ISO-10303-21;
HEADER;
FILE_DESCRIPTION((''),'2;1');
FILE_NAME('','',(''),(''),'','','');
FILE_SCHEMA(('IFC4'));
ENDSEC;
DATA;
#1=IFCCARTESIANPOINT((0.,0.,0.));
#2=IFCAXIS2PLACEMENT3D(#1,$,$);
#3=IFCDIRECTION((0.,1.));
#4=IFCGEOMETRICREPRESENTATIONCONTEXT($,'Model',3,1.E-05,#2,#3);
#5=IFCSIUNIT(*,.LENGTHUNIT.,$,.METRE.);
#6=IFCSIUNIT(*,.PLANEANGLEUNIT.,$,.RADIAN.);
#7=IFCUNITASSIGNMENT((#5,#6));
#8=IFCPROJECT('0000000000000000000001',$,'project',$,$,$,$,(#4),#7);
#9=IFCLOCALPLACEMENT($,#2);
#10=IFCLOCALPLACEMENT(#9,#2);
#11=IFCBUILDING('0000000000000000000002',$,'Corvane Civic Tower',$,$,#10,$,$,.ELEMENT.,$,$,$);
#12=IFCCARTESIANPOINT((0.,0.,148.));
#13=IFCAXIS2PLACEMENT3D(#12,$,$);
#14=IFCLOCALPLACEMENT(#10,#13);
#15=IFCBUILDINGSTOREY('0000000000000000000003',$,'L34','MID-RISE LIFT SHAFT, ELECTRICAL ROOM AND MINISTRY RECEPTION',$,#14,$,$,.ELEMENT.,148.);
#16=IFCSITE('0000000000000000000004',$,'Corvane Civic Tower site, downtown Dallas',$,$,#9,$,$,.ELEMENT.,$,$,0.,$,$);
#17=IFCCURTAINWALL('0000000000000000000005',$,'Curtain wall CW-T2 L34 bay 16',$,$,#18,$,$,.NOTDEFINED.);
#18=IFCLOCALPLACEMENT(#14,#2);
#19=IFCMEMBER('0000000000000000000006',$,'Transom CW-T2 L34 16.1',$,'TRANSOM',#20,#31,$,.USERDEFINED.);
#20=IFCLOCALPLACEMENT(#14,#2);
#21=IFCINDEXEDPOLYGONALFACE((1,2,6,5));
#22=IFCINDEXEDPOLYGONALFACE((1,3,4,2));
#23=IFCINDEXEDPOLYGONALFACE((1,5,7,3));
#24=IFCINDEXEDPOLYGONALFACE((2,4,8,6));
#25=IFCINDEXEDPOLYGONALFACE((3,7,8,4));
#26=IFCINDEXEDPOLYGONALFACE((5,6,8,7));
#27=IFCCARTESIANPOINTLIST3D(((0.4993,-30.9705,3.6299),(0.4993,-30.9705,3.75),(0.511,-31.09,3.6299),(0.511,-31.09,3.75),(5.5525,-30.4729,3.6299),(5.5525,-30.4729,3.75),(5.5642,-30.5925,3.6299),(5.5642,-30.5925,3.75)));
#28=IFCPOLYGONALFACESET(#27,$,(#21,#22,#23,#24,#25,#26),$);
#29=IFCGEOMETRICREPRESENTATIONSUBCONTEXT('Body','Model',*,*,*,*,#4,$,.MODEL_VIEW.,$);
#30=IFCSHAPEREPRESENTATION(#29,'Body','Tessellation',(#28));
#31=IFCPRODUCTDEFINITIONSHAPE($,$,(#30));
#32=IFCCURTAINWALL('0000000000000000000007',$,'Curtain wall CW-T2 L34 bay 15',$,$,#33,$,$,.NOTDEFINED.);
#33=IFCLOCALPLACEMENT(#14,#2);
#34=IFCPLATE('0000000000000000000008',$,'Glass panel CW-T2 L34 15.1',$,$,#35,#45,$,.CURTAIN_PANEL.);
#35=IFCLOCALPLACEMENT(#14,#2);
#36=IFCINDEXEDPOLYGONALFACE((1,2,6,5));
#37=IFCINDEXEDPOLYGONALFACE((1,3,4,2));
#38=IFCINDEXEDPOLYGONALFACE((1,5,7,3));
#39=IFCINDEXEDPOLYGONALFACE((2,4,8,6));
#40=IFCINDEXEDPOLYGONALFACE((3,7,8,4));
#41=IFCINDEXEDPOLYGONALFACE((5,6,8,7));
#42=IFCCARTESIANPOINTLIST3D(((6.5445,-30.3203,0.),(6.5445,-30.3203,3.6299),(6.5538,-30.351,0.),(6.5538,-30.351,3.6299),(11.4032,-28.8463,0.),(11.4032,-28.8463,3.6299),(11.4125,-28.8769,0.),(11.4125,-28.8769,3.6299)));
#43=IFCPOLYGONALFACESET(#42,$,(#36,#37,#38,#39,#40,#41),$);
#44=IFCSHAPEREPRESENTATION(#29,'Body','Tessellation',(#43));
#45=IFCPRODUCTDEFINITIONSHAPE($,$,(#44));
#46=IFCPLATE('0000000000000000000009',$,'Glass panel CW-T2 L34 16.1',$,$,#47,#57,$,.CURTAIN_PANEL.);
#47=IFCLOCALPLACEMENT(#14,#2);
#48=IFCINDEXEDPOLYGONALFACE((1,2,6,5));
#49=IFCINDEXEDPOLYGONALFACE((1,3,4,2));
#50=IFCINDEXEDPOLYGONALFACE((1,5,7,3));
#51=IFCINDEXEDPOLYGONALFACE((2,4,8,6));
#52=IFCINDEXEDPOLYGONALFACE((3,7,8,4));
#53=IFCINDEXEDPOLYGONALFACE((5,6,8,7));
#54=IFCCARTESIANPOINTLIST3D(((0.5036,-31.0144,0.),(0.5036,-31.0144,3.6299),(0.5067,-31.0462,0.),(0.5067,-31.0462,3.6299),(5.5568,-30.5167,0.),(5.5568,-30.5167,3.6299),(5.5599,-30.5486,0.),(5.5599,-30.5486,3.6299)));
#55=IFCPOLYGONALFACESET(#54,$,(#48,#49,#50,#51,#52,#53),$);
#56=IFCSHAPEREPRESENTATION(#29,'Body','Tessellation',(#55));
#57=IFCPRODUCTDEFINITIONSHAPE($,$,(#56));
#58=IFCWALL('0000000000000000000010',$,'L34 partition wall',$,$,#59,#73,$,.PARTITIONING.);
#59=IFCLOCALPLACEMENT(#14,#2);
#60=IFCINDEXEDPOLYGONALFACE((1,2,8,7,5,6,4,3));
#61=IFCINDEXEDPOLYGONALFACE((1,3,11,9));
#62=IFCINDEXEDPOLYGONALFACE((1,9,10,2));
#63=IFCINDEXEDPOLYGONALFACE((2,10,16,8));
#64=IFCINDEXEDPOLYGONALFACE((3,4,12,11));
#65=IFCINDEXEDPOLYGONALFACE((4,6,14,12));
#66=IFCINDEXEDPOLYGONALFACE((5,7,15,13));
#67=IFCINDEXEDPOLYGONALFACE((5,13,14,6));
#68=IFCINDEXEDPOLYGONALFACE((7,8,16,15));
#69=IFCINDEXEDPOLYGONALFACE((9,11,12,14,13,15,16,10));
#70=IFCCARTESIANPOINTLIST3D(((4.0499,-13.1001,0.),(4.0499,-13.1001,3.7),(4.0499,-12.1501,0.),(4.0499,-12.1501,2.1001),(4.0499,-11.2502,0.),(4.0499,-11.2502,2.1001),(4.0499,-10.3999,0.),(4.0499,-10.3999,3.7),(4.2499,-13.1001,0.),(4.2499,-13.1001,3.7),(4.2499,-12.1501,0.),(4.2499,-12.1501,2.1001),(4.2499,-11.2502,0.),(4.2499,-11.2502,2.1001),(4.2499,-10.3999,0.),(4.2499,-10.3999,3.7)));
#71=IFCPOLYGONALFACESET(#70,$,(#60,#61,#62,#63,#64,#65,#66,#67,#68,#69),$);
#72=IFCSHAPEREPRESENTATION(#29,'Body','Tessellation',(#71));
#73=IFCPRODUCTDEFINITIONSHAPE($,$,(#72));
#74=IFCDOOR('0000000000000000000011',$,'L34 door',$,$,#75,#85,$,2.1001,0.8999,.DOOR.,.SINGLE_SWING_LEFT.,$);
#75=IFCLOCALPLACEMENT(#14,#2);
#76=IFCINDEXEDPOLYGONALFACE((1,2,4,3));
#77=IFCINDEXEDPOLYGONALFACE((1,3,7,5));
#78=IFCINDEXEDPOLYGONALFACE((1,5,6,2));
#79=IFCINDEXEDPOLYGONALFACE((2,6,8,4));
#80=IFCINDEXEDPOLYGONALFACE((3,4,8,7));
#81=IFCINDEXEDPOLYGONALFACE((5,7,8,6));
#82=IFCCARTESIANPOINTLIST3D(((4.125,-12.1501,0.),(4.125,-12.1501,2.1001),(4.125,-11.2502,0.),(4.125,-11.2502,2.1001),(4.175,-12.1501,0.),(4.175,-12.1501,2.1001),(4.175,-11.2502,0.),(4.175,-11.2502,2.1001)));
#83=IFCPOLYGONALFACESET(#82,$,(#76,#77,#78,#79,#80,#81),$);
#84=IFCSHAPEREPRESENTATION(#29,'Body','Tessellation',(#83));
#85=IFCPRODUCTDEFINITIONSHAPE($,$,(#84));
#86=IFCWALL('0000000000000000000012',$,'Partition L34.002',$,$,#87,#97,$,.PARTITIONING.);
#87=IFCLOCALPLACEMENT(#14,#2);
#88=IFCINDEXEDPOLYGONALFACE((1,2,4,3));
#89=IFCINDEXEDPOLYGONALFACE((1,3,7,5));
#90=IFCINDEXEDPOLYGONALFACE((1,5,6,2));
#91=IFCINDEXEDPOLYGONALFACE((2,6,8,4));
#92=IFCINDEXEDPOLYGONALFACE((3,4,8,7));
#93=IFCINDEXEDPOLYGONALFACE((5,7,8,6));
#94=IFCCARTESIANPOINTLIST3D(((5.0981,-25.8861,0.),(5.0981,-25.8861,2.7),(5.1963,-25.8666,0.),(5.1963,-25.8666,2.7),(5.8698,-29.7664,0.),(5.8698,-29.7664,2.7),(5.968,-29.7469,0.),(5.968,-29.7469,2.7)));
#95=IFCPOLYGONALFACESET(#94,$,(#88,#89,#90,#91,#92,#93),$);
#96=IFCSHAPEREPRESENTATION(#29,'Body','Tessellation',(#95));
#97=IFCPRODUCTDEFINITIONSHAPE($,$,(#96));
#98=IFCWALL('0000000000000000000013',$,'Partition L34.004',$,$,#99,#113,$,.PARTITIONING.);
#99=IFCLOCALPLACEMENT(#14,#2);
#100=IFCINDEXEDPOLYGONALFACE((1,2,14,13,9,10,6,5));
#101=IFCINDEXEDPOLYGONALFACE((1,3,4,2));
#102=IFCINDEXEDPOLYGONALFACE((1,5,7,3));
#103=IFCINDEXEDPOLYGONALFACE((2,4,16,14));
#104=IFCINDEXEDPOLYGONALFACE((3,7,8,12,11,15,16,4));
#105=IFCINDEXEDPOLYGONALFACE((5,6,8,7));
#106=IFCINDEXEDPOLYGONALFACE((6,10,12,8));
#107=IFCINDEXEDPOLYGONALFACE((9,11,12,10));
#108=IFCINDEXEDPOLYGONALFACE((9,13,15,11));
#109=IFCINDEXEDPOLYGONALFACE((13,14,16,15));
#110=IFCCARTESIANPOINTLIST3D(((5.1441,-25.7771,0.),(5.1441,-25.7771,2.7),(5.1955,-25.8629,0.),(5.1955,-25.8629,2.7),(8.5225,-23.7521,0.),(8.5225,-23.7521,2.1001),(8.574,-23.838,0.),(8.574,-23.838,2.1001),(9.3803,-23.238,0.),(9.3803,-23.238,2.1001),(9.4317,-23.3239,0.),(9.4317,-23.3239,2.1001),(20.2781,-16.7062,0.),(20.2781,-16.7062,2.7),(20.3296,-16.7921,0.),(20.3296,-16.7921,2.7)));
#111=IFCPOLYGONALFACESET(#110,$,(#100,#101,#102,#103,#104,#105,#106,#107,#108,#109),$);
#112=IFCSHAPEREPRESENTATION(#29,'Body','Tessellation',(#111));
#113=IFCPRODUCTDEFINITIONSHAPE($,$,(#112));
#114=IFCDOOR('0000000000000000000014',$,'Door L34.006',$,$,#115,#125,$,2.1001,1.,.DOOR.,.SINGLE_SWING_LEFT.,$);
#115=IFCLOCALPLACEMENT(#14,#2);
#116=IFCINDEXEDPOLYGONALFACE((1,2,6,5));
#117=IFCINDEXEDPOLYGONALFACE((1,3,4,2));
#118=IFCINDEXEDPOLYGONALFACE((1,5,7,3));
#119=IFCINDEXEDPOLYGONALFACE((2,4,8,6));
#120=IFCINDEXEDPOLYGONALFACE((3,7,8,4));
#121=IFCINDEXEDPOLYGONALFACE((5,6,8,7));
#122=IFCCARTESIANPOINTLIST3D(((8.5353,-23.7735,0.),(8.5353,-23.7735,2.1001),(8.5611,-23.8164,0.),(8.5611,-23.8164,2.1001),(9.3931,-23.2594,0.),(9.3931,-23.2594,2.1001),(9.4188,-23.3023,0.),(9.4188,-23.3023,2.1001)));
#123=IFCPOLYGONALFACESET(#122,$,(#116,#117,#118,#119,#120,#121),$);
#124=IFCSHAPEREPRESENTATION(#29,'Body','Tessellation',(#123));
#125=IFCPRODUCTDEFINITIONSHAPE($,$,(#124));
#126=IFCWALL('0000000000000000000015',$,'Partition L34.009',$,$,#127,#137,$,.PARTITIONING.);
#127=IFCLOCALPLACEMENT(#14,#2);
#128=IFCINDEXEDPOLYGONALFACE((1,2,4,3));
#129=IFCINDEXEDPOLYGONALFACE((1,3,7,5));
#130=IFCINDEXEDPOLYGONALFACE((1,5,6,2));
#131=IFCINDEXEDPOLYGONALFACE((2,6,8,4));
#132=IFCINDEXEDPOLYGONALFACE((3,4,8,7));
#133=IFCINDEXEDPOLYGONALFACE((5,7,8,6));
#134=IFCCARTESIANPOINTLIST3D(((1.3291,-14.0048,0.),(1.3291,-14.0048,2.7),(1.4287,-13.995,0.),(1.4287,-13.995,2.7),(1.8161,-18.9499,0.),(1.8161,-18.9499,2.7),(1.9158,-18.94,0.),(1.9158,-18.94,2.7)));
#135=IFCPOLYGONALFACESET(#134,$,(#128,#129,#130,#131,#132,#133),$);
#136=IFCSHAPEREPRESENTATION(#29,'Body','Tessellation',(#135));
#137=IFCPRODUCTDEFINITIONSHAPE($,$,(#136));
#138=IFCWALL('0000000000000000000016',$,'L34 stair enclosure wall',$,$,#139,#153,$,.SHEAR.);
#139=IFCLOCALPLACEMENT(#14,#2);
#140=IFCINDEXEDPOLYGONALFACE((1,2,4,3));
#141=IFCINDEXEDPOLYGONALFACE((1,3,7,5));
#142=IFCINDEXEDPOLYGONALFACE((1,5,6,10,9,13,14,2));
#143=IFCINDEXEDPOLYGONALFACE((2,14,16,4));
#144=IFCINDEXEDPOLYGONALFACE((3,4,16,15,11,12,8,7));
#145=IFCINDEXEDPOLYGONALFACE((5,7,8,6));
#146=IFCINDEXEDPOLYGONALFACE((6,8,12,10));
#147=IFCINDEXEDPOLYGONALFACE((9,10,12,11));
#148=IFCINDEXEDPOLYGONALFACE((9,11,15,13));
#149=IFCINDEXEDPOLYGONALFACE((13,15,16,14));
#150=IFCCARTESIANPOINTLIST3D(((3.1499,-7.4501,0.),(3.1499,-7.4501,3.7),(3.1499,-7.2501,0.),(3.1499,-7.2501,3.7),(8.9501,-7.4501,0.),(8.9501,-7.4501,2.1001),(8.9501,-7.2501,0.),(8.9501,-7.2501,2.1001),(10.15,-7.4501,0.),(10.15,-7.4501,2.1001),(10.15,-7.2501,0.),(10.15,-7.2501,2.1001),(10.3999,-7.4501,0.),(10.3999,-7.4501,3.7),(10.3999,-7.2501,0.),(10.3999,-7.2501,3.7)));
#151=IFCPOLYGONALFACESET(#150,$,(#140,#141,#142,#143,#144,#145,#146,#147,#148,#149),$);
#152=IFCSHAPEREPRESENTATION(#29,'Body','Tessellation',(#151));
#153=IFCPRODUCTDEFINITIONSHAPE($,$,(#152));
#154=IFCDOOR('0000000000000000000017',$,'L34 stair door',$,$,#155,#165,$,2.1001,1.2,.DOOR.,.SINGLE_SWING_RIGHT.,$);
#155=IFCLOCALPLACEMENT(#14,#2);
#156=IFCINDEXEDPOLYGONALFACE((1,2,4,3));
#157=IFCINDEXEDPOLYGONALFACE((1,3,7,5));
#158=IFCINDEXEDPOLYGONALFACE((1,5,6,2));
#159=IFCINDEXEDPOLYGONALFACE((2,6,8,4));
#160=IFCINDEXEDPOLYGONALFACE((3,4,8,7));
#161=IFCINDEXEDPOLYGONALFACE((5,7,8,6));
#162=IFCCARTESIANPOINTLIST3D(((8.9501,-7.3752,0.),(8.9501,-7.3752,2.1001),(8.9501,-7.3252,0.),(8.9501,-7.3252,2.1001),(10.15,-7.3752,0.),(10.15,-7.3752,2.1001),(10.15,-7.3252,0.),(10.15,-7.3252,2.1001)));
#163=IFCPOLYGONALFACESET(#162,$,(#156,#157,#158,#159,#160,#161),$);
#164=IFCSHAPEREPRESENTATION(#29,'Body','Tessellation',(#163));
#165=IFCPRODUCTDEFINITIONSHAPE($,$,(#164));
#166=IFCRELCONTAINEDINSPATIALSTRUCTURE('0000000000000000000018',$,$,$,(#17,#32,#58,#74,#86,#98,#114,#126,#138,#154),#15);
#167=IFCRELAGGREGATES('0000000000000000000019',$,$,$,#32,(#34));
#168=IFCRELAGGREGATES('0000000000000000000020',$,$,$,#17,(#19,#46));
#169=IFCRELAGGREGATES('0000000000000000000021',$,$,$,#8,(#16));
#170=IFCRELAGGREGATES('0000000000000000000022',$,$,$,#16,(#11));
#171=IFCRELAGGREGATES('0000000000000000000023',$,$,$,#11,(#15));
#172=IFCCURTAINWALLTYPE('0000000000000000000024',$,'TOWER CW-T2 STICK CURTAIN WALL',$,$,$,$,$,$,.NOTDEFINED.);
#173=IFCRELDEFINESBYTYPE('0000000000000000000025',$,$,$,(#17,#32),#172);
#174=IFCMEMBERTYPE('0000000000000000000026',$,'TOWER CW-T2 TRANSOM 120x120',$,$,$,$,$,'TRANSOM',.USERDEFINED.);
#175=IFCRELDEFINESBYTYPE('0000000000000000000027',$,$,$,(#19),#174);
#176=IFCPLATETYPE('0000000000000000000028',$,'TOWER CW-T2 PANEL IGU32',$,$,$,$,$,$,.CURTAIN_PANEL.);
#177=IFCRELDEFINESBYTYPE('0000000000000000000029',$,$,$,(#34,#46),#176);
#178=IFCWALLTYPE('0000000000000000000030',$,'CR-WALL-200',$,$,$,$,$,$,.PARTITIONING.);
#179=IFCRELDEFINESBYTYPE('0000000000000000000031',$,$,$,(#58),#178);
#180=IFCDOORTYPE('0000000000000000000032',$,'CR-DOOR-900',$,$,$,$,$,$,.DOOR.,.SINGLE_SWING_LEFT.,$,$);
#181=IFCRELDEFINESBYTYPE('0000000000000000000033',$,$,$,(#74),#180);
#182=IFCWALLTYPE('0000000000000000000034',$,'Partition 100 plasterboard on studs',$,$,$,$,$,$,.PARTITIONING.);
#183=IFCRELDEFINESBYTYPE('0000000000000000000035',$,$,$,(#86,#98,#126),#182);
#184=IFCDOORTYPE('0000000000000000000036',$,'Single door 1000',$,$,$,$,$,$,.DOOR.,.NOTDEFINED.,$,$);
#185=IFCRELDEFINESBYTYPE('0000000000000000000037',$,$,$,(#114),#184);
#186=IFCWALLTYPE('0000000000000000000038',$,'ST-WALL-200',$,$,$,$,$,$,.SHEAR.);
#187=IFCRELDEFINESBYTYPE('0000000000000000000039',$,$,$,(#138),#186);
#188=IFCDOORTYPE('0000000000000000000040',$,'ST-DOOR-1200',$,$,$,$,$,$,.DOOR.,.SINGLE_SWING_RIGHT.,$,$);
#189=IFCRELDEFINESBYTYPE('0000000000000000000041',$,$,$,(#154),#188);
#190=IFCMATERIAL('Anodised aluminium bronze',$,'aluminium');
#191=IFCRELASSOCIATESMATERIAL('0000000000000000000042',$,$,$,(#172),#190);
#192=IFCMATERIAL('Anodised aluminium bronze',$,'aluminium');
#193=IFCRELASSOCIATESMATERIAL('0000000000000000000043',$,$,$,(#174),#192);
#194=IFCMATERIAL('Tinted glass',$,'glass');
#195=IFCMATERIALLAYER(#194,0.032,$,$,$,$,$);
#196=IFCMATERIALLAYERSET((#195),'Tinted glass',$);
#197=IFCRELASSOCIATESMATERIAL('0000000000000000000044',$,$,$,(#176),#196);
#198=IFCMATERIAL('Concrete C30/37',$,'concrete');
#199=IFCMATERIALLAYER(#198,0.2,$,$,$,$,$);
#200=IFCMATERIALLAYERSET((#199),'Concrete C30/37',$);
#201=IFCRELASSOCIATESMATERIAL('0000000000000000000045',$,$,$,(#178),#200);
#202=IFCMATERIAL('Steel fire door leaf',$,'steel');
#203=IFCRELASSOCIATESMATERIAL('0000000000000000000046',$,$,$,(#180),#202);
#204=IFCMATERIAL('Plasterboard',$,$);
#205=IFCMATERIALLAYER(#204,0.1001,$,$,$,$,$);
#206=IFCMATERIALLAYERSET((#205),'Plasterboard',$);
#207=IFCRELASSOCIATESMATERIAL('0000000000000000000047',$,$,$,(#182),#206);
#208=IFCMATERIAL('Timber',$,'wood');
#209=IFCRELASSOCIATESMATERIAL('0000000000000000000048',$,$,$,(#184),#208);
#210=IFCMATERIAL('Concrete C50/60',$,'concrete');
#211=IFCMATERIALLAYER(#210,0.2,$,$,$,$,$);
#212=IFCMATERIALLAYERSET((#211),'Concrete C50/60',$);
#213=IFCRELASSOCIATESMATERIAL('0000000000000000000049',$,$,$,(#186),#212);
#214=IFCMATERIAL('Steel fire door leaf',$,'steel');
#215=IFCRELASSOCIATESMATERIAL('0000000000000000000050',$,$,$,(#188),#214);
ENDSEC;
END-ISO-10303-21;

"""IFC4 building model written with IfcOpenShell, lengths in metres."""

from ifc_helpers import new_model, si_unit, direction, frame, frame_2d, origin, origin_2d, place, context, subcontext, project, spatial, rectangle, extrude, material, layer, layer_set, material_profile, profile_set, type_object, element, fill, aggregate, save


model = new_model("IFC4")

# Units and contexts
model_context = context("Model", 3, precision=1e-05, world=origin(), true_north=direction((0.0, 1.0)))
body_context = subcontext(model_context, "Body", "Model", "MODEL_VIEW")
ifc_project = project(units=[si_unit("LENGTHUNIT", "METRE"), si_unit("PLANEANGLEUNIT", "RADIAN")], contexts=[model_context])

# Site, building, storey
site_placement = place(None, origin())
site = spatial("IfcSite", under=ifc_project, at=site_placement, Name="Corvane Civic Tower site, downtown Dallas", CompositionType="ELEMENT", RefElevation=0.0)
building_placement = place(site_placement, origin())
building = spatial("IfcBuilding", under=site, at=building_placement, Name="Corvane Civic Tower", CompositionType="ELEMENT")
storey_placement = place(building_placement, frame((0.0, 0.0, 148.0)))
storey = spatial("IfcBuildingStorey", under=building, at=storey_placement, Name="L34", Description="MID-RISE LIFT SHAFT, ELECTRICAL ROOM AND MINISTRY RECEPTION", CompositionType="ELEMENT", Elevation=148.0)

# Curtain wall, member
ifc_material_1 = material(Name="Anodised aluminium bronze", Category="aluminium")
curtain_wall_type = type_object("IfcCurtainWallType", Name="TOWER CW-T2 STICK CURTAIN WALL", PredefinedType="NOTDEFINED", material=ifc_material_1)
curtain_wall_1_placement = place(storey_placement, origin())
curtain_wall_1 = element("IfcCurtainWall", 1, at=curtain_wall_1_placement, inside=storey, type_object=curtain_wall_type, Name="Curtain wall CW-T2 L34 bay 16", PredefinedType="NOTDEFINED")
ifc_material_2 = material(Name="Anodised aluminium bronze", Category="aluminium")
ifc_material_profile_1 = material_profile(ifc_material_2, rectangle(XDim=0.1201, YDim=0.1201, at=origin_2d()), Name="TOWER CW-T2 TRANSOM 120x120")
ifc_profile_set_1 = profile_set([ifc_material_profile_1], Name="Anodised aluminium bronze")
member_type = type_object("IfcMemberType", Name="TOWER CW-T2 TRANSOM 120x120", ElementType="TRANSOM", PredefinedType="USERDEFINED", material=ifc_profile_set_1)
member_placement = place(storey_placement, frame((5.5583, -30.5327, 3.6899), z_axis=(-0.995187, -0.09799, 0.0), x_axis=(0.09799, -0.995187, 0.0)))
member = element("IfcMember", 2, at=member_placement, type_object=member_type, Name="Transom CW-T2 L34 16.1", ObjectType="TRANSOM", PredefinedType="USERDEFINED", context=body_context, shape_type="SweptSolid", body=[
    extrude(rectangle(XDim=0.1201, YDim=0.1201, at=origin_2d()), origin(), (0.0, 0.0, 1.0), 5.0776),
])

# Curtain wall, plate
curtain_wall_2_placement = place(storey_placement, origin())
curtain_wall_2 = element("IfcCurtainWall", 3, at=curtain_wall_2_placement, inside=storey, type_object=curtain_wall_type, Name="Curtain wall CW-T2 L34 bay 15", PredefinedType="NOTDEFINED")
ifc_material_3 = material(Name="Tinted glass", Category="glass")
ifc_layer_1 = layer(ifc_material_3, 0.032)
ifc_layer_set_1 = layer_set([ifc_layer_1], Name="Tinted glass")
plate_type = type_object("IfcPlateType", Name="TOWER CW-T2 PANEL IGU32", PredefinedType="CURTAIN_PANEL", material=ifc_layer_set_1)
plate_1_placement = place(storey_placement, frame((8.9785, -29.5986, 0.0), z_axis=(0.0, 0.0, 1.0), x_axis=(-0.956932, -0.290313, 0.0)))
plate_1 = element("IfcPlate", 4, at=plate_1_placement, type_object=plate_type, Name="Glass panel CW-T2 L34 15.1", PredefinedType="CURTAIN_PANEL", context=body_context, shape_type="SweptSolid", body=[
    extrude(rectangle(XDim=5.0774, YDim=0.032, at=origin_2d()), origin(), (0.0, 0.0, 1.0), 3.6299),
])
aggregate(curtain_wall_2, [plate_1])

# Plate
plate_2_placement = place(storey_placement, frame((3.0317, -30.7815, 0.0), z_axis=(0.0, 0.0, 1.0), x_axis=(-0.995185, -0.098012, 0.0)))
plate_2 = element("IfcPlate", 5, at=plate_2_placement, type_object=plate_type, Name="Glass panel CW-T2 L34 16.1", PredefinedType="CURTAIN_PANEL", context=body_context, shape_type="SweptSolid", body=[
    extrude(rectangle(XDim=5.0776, YDim=0.032, at=origin_2d()), origin(), (0.0, 0.0, 1.0), 3.6299),
])
aggregate(curtain_wall_1, [member, plate_2])

# Wall, opening, door
ifc_material_4 = material(Name="Concrete C30/37", Category="concrete")
ifc_layer_2 = layer(ifc_material_4, 0.2)
ifc_layer_set_2 = layer_set([ifc_layer_2], Name="Concrete C30/37")
wall_type_1 = type_object("IfcWallType", Name="CR-WALL-200", PredefinedType="PARTITIONING", material=ifc_layer_set_2)
wall_1_placement = place(storey_placement, frame((4.1499, -13.1001, 0.0), z_axis=(0.0, 0.0, 1.0), x_axis=(0.0, 1.0, 0.0)))
wall_1 = element("IfcWall", 6, at=wall_1_placement, inside=storey, type_object=wall_type_1, Name="L34 partition wall", PredefinedType="PARTITIONING", context=body_context, shape_type="SweptSolid", body=[
    extrude(rectangle(XDim=2.7002, YDim=0.2, at=frame_2d((1.3501, 0.0))), origin(), (0.0, 0.0, 1.0), 3.7),
])
opening_1_placement = place(wall_1_placement, frame((0.95, 0.0, 0.0)))
opening_1 = element("IfcOpeningElement", 7, at=opening_1_placement, cuts=wall_1, PredefinedType="OPENING", context=body_context, shape_type="SweptSolid", body=[
    extrude(rectangle(XDim=0.8999, YDim=2.1001, at=frame_2d((0.45, 1.05))), frame((0.0, 0.1099, 0.0), z_axis=(0.0, -1.0, 0.0), x_axis=(1.0, 0.0, 0.0)), (0.0, 0.0, 1.0), 0.22),
])
ifc_material_5 = material(Name="Steel fire door leaf", Category="steel")
door_type_1 = type_object("IfcDoorType", Name="CR-DOOR-900", OperationType="SINGLE_SWING_LEFT", PredefinedType="DOOR", material=ifc_material_5)
door_1_placement = place(opening_1_placement, origin())
door_1 = element("IfcDoor", 8, at=door_1_placement, inside=storey, type_object=door_type_1, Name="L34 door", OperationType="SINGLE_SWING_LEFT", OverallHeight=2.1001, OverallWidth=0.8999, PredefinedType="DOOR", context=body_context, shape_type="SweptSolid", body=[
    extrude(rectangle(XDim=0.8999, YDim=2.1001, at=frame_2d((0.45, 1.05))), frame((0.0, 0.0249, 0.0), z_axis=(0.0, -1.0, 0.0), x_axis=(1.0, 0.0, 0.0)), (0.0, 0.0, 1.0), 0.05),
])
fill(opening_1, door_1)

# Wall
ifc_material_6 = material(Name="Plasterboard")
ifc_layer_3 = layer(ifc_material_6, 0.1001)
ifc_layer_set_3 = layer_set([ifc_layer_3], Name="Plasterboard")
wall_type_2 = type_object("IfcWallType", Name="Partition 100 plasterboard on studs", PredefinedType="PARTITIONING", material=ifc_layer_set_3)
wall_2_placement = place(storey_placement, frame((5.1472, -25.8765, 0.0), z_axis=(0.0, 0.0, 1.0), x_axis=(0.19506, -0.980791, 0.0)))
element("IfcWall", 9, at=wall_2_placement, inside=storey, type_object=wall_type_2, Name="Partition L34.002", PredefinedType="PARTITIONING", context=body_context, shape_type="SweptSolid", body=[
    extrude(rectangle(XDim=3.9563, YDim=0.1001, at=frame_2d((1.978, 0.0))), origin(), (0.0, 0.0, 1.0), 2.7),
])

# Wall, opening, door
wall_3_placement = place(storey_placement, frame((5.1697, -25.8201, 0.0), z_axis=(0.0, 0.0, 1.0), x_axis=(0.857733, 0.514095, 0.0)))
wall_3 = element("IfcWall", 10, at=wall_3_placement, inside=storey, type_object=wall_type_2, Name="Partition L34.004", PredefinedType="PARTITIONING", context=body_context, shape_type="SweptSolid", body=[
    extrude(rectangle(XDim=17.6443, YDim=0.1001, at=frame_2d((8.8223, 0.0))), origin(), (0.0, 0.0, 1.0), 2.7),
])
opening_2_placement = place(wall_3_placement, frame((3.939, 0.0, 0.0)))
opening_2 = element("IfcOpeningElement", 11, at=opening_2_placement, cuts=wall_3, PredefinedType="OPENING", context=body_context, shape_type="SweptSolid", body=[
    extrude(rectangle(XDim=1.0, YDim=2.1001, at=frame_2d((0.5, 1.05))), frame((0.0, 0.0601, 0.0), z_axis=(0.0, -1.0, 0.0), x_axis=(1.0, 0.0, 0.0)), (0.0, 0.0, 1.0), 0.1201),
])
ifc_material_7 = material(Name="Timber", Category="wood")
door_type_2 = type_object("IfcDoorType", Name="Single door 1000", OperationType="NOTDEFINED", PredefinedType="DOOR", material=ifc_material_7)
door_2_placement = place(opening_2_placement, frame((1.0, 0.0, 0.0), z_axis=(0.0, 0.0, 1.0), x_axis=(-1.0, 0.0, 0.0)))
door_2 = element("IfcDoor", 12, at=door_2_placement, inside=storey, type_object=door_type_2, Name="Door L34.006", OperationType="SINGLE_SWING_LEFT", OverallHeight=2.1001, OverallWidth=1.0, PredefinedType="DOOR", context=body_context, shape_type="SweptSolid", body=[
    extrude(rectangle(XDim=1.0, YDim=2.1001, at=frame_2d((0.5, 1.05))), frame((0.0, 0.0249, 0.0), z_axis=(0.0, -1.0, 0.0), x_axis=(1.0, 0.0, 0.0)), (0.0, 0.0, 1.0), 0.05),
])
fill(opening_2, door_2)

# Wall
wall_4_placement = place(storey_placement, frame((1.3789, -14.0, 0.0), z_axis=(0.0, 0.0, 1.0), x_axis=(0.09802, -0.995184, 0.0)))
element("IfcWall", 13, at=wall_4_placement, inside=storey, type_object=wall_type_2, Name="Partition L34.009", PredefinedType="PARTITIONING", context=body_context, shape_type="SweptSolid", body=[
    extrude(rectangle(XDim=4.969, YDim=0.1001, at=frame_2d((2.4844, 0.0))), origin(), (0.0, 0.0, 1.0), 2.7),
])

# Wall, opening, door
ifc_material_8 = material(Name="Concrete C50/60", Category="concrete")
ifc_layer_4 = layer(ifc_material_8, 0.2)
ifc_layer_set_4 = layer_set([ifc_layer_4], Name="Concrete C50/60")
wall_type_3 = type_object("IfcWallType", Name="ST-WALL-200", PredefinedType="SHEAR", material=ifc_layer_set_4)
wall_5_placement = place(storey_placement, frame((3.1499, -7.3501, 0.0), z_axis=(0.0, 0.0, 1.0), x_axis=(1.0, 0.0, 0.0)))
wall_5 = element("IfcWall", 14, at=wall_5_placement, inside=storey, type_object=wall_type_3, Name="L34 stair enclosure wall", PredefinedType="SHEAR", context=body_context, shape_type="SweptSolid", body=[
    extrude(rectangle(XDim=7.25, YDim=0.2, at=frame_2d((3.625, 0.0))), origin(), (0.0, 0.0, 1.0), 3.7),
])
opening_3_placement = place(wall_5_placement, frame((5.8, 0.0, 0.0)))
opening_3 = element("IfcOpeningElement", 15, at=opening_3_placement, cuts=wall_5, PredefinedType="OPENING", context=body_context, shape_type="SweptSolid", body=[
    extrude(rectangle(XDim=1.2, YDim=2.1001, at=frame_2d((0.6001, 1.05))), frame((0.0, 0.1099, 0.0), z_axis=(0.0, -1.0, 0.0), x_axis=(1.0, 0.0, 0.0)), (0.0, 0.0, 1.0), 0.22),
])
ifc_material_9 = material(Name="Steel fire door leaf", Category="steel")
door_type_3 = type_object("IfcDoorType", Name="ST-DOOR-1200", OperationType="SINGLE_SWING_RIGHT", PredefinedType="DOOR", material=ifc_material_9)
door_3_placement = place(opening_3_placement, origin())
door_3 = element("IfcDoor", 16, at=door_3_placement, inside=storey, type_object=door_type_3, Name="L34 stair door", OperationType="SINGLE_SWING_RIGHT", OverallHeight=2.1001, OverallWidth=1.2, PredefinedType="DOOR", context=body_context, shape_type="SweptSolid", body=[
    extrude(rectangle(XDim=1.2, YDim=2.1001, at=frame_2d((0.6001, 1.05))), frame((0.0, 0.0249, 0.0), z_axis=(0.0, -1.0, 0.0), x_axis=(1.0, 0.0, 0.0)), (0.0, 0.0, 1.0), 0.05),
])
fill(opening_3, door_3)

save(model, "model.ifc")
